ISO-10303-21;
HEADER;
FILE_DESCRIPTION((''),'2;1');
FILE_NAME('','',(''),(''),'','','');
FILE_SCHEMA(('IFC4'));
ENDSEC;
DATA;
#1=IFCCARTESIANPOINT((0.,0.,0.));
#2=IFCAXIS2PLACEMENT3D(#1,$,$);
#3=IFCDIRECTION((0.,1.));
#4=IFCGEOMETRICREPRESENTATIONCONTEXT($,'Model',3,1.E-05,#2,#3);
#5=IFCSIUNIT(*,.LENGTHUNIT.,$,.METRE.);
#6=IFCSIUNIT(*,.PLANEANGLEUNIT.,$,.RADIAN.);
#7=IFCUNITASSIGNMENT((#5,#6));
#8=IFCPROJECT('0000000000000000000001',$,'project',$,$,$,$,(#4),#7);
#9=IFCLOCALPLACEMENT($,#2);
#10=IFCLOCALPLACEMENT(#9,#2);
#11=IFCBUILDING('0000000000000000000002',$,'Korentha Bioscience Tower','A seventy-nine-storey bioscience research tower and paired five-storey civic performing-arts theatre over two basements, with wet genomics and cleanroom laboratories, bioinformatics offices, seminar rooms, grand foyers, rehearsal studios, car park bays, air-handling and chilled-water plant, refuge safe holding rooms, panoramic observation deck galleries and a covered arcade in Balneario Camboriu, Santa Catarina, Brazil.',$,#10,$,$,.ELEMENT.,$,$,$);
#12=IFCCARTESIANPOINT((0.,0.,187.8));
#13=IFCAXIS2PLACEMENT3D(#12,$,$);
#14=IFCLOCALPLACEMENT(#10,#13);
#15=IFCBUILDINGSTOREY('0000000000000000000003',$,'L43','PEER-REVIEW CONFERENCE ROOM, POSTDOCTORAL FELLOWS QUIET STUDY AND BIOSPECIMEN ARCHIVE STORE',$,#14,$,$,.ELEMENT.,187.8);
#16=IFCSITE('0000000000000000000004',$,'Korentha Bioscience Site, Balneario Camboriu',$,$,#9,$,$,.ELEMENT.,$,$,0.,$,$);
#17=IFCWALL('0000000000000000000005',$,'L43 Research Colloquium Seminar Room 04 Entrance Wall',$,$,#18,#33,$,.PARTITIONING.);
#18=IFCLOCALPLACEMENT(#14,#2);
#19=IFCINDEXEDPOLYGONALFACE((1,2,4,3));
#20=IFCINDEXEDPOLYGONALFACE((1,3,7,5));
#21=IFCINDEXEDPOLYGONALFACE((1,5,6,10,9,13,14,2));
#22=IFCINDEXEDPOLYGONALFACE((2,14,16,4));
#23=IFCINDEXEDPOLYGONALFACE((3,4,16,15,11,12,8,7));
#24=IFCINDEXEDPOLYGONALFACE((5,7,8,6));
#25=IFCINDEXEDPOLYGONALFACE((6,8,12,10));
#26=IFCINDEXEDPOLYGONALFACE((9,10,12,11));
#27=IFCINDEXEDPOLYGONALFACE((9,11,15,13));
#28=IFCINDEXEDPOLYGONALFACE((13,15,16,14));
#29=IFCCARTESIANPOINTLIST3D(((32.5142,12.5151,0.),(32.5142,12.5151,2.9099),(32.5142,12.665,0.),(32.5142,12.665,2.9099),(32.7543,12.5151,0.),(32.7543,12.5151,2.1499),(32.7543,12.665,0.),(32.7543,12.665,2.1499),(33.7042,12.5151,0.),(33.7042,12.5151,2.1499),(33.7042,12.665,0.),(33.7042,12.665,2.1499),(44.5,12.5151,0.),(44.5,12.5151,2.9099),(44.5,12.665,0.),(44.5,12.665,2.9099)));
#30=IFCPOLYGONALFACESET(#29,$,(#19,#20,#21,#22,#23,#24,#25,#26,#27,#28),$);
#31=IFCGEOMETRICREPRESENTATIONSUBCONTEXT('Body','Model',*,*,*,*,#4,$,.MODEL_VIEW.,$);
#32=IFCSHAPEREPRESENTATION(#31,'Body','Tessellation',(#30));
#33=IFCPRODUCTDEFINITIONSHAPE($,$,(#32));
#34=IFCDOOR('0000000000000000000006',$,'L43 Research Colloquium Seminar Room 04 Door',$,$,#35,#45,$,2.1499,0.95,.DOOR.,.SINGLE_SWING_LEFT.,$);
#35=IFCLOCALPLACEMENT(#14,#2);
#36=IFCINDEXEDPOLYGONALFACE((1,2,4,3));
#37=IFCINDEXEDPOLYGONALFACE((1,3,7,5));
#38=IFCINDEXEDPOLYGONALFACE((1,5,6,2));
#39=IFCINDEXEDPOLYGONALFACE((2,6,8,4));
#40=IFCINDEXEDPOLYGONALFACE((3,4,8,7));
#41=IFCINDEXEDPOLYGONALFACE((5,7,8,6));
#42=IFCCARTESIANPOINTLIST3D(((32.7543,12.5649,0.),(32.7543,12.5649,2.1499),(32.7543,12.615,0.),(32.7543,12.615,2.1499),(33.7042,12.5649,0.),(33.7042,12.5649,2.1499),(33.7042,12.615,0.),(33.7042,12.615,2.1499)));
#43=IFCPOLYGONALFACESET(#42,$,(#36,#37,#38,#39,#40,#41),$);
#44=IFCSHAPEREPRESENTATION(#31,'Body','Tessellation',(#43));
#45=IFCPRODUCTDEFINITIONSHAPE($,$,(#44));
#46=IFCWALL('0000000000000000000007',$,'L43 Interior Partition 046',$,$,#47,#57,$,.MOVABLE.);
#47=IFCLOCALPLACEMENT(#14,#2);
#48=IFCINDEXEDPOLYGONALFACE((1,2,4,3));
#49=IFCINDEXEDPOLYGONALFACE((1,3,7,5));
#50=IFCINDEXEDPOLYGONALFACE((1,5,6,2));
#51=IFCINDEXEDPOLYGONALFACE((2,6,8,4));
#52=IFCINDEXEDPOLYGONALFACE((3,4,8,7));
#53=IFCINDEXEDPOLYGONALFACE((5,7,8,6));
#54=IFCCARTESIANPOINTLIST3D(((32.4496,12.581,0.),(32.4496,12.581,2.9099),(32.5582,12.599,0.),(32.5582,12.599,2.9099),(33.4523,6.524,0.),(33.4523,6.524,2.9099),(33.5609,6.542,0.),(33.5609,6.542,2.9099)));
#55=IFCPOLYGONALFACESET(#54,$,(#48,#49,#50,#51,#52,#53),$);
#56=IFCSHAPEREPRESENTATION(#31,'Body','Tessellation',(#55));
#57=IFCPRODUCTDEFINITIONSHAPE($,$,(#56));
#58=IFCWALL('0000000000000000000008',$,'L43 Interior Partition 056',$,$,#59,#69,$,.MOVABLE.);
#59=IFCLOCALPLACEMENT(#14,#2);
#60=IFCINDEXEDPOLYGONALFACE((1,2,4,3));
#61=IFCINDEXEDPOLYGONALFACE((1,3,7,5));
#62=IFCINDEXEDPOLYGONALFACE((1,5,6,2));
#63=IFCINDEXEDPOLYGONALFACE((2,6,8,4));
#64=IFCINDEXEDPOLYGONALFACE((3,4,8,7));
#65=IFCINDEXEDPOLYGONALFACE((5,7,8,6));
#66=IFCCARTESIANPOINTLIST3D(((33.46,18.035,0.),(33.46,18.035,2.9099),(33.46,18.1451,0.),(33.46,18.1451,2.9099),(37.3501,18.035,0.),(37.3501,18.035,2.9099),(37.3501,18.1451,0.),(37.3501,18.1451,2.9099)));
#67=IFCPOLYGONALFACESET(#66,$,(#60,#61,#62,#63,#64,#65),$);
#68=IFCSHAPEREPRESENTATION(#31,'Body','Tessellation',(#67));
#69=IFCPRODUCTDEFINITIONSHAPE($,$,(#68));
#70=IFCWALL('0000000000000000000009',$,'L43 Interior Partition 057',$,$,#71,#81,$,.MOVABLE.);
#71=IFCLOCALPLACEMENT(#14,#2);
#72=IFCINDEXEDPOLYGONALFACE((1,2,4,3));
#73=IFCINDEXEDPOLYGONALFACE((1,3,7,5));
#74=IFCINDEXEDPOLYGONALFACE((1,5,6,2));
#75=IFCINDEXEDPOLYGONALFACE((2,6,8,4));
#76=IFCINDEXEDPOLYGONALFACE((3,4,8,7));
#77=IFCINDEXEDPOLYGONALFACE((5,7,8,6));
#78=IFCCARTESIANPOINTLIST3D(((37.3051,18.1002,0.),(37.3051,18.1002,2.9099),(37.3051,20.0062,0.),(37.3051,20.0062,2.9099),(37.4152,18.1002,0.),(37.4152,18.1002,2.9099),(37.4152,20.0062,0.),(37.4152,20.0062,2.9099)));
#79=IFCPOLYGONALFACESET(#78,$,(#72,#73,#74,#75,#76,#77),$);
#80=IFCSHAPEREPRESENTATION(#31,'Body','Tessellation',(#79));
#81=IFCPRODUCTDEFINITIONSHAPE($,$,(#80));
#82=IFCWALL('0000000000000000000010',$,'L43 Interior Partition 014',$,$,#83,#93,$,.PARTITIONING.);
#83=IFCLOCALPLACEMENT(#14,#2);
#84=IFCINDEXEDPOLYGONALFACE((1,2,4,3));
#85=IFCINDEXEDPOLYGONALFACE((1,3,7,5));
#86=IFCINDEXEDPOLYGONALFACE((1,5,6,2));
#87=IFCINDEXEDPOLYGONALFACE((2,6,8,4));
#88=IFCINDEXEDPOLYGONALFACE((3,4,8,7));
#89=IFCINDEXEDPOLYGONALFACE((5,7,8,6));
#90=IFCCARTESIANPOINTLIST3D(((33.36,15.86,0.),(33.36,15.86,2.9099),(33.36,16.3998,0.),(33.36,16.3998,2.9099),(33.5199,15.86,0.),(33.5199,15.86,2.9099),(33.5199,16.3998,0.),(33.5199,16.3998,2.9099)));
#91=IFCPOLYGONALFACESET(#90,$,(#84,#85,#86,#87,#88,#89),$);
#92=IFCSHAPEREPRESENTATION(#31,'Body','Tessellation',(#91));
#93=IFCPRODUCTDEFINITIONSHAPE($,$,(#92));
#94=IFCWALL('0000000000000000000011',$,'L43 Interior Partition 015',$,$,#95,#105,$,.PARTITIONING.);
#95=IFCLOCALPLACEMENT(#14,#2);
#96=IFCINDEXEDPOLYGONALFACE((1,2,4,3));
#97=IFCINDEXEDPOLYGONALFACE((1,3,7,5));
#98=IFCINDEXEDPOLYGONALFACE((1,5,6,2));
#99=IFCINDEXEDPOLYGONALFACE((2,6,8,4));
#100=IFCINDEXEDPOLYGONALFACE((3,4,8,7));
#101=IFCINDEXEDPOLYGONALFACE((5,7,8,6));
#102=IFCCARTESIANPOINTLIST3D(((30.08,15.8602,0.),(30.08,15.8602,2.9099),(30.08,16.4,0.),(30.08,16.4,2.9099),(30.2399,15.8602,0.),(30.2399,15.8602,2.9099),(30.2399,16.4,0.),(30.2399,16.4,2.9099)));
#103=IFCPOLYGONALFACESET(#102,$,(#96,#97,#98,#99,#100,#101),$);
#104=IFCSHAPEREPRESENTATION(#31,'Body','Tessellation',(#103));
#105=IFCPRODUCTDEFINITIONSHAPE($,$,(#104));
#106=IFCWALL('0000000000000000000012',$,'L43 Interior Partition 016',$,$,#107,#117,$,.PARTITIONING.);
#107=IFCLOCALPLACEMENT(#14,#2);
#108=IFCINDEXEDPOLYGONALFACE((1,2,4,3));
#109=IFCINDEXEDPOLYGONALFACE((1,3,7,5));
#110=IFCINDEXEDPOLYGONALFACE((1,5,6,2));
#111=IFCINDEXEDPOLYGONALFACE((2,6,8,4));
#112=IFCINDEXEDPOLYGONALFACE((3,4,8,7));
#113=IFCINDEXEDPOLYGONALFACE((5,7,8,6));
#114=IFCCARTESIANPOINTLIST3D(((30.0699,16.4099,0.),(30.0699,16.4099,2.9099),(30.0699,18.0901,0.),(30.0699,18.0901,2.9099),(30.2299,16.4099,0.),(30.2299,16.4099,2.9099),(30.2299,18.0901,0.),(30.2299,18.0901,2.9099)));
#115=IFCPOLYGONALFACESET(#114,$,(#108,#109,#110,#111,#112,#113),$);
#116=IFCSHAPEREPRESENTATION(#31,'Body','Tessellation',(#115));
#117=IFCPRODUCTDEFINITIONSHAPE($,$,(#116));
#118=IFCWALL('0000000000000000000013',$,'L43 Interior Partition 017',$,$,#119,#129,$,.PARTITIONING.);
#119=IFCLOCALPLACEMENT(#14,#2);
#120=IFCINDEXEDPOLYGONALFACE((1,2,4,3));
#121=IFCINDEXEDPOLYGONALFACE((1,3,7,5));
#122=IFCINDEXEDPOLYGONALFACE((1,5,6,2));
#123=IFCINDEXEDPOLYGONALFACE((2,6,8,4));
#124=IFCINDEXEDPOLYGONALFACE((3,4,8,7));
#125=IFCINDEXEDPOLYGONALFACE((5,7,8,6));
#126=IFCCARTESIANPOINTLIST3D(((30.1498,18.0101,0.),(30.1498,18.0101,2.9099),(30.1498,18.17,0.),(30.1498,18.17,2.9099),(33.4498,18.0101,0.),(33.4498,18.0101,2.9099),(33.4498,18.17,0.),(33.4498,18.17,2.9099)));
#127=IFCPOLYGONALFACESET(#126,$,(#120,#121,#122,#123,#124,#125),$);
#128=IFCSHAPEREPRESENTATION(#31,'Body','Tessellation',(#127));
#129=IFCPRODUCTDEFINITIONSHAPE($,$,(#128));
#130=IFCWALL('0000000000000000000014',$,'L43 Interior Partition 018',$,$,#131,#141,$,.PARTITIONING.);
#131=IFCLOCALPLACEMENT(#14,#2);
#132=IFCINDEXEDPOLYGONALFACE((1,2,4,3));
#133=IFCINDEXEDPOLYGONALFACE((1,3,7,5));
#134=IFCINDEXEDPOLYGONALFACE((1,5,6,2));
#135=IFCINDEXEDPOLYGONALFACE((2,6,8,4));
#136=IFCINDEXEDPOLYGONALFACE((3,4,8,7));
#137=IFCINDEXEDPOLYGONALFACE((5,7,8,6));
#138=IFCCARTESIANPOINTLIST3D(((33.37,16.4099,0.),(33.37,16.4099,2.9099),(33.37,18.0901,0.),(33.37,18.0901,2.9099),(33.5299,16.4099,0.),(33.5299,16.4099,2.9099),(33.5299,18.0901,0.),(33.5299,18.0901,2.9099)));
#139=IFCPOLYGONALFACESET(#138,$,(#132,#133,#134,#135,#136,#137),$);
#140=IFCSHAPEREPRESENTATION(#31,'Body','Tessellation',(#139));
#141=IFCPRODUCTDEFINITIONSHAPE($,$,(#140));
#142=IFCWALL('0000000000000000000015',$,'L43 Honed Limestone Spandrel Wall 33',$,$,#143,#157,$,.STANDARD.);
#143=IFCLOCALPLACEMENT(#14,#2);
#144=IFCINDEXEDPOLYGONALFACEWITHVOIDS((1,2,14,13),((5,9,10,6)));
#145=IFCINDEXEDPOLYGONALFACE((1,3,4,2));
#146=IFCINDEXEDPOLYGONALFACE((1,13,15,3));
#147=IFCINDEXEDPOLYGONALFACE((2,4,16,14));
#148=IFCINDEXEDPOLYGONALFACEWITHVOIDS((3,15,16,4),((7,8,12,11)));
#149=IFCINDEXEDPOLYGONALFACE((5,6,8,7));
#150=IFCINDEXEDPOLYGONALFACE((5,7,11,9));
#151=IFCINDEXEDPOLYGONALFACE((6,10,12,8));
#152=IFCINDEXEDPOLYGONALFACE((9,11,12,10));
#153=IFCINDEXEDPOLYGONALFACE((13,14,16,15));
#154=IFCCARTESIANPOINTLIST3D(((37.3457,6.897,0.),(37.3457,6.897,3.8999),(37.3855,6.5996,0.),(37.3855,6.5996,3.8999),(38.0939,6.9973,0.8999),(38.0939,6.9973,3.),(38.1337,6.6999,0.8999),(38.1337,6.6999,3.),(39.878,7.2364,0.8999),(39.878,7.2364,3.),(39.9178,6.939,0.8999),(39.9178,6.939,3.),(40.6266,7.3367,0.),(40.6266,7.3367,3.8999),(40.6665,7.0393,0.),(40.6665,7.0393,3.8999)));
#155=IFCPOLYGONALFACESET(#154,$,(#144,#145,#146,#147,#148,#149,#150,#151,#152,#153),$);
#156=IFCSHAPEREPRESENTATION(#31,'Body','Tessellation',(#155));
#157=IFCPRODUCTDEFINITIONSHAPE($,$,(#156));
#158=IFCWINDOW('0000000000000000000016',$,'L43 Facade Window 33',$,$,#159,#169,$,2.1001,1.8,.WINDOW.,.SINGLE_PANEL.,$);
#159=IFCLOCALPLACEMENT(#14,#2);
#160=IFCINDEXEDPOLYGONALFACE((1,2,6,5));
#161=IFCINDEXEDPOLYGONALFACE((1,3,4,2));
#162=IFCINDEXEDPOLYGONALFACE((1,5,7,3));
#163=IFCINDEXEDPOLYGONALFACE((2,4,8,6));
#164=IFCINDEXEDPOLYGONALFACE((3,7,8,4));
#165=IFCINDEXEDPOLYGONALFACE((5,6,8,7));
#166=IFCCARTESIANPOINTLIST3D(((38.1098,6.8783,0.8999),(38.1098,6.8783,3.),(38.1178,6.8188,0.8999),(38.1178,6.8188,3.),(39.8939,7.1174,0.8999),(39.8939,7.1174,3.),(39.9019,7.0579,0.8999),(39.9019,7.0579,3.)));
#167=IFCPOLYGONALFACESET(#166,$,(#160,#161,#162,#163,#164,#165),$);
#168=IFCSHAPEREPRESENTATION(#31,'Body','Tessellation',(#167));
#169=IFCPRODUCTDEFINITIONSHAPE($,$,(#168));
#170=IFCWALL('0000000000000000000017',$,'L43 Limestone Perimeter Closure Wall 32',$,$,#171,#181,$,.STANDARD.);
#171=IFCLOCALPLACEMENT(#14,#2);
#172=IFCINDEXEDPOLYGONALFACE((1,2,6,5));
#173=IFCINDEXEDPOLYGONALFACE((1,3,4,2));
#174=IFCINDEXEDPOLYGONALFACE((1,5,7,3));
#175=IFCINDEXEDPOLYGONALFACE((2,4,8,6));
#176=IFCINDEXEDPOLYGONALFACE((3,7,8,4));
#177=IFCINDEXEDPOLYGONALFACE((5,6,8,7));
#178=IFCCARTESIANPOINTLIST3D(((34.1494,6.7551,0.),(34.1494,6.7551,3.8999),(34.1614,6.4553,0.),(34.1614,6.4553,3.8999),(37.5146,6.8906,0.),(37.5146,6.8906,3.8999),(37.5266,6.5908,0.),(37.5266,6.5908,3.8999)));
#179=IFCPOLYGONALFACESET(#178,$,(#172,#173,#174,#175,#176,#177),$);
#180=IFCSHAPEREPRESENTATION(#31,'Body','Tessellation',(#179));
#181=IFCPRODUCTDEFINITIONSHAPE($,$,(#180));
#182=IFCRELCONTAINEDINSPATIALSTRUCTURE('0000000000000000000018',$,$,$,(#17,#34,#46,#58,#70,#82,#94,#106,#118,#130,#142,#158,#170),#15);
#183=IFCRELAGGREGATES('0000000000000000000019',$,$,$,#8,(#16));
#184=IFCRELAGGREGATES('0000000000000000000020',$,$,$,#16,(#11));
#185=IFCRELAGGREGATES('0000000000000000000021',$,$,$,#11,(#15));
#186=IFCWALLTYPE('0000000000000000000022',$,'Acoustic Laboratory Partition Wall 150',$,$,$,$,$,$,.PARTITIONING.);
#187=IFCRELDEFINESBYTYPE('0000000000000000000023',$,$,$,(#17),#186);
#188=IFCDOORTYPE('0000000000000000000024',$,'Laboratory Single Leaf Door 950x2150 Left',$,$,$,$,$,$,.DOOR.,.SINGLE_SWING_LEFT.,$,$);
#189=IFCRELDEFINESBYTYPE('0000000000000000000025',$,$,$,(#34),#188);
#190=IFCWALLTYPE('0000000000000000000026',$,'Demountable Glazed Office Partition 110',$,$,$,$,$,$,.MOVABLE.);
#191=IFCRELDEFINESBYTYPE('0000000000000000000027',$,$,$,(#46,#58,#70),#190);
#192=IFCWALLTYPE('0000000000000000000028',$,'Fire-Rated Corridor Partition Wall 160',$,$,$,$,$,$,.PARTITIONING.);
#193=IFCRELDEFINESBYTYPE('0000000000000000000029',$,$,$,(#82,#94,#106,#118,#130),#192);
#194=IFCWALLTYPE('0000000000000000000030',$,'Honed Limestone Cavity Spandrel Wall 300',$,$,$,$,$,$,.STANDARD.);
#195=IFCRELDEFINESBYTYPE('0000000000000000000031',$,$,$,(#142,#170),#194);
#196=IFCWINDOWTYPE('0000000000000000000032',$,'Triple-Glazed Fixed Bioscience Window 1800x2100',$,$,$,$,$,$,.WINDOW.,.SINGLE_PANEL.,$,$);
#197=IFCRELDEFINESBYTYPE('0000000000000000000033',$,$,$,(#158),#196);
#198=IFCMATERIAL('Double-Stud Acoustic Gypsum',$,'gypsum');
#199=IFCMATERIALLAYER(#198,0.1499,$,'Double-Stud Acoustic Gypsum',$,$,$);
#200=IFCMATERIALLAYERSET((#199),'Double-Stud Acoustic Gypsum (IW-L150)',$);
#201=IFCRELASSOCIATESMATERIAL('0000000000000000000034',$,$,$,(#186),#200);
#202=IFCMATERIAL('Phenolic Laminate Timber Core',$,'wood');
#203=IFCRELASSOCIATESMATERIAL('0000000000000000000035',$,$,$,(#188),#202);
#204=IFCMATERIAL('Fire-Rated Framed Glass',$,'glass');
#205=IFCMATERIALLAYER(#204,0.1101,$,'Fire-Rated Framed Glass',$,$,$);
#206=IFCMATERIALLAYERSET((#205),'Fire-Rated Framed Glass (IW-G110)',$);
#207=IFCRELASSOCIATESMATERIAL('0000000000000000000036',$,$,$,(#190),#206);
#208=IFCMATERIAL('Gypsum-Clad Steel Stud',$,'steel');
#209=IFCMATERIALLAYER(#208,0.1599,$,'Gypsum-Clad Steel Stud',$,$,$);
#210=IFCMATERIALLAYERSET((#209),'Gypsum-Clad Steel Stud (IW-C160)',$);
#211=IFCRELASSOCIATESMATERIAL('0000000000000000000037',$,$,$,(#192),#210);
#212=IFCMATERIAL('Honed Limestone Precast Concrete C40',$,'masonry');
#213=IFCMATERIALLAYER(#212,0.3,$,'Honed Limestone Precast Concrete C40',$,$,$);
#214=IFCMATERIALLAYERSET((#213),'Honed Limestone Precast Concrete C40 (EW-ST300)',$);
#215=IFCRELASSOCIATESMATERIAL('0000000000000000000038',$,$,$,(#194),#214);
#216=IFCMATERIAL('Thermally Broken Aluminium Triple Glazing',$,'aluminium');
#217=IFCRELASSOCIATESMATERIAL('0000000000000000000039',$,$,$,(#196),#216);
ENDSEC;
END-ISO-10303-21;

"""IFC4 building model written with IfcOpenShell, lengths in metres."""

from ifc_helpers import new_model, si_unit, direction, frame, frame_2d, origin, place, context, subcontext, project, spatial, rectangle, extrude, material, layer, layer_set, type_object, element, fill, save


model = new_model("IFC4")

# Units and contexts
model_context = context("Model", 3, precision=1e-05, world=origin(), true_north=direction((0.0, 1.0)))
body_context = subcontext(model_context, "Body", "Model", "MODEL_VIEW")
ifc_project = project(units=[si_unit("LENGTHUNIT", "METRE"), si_unit("PLANEANGLEUNIT", "RADIAN")], contexts=[model_context])

# Site, building, storey
site_placement = place(None, origin())
site = spatial("IfcSite", under=ifc_project, at=site_placement, Name="Korentha Bioscience Site, Balneario Camboriu", CompositionType="ELEMENT", RefElevation=0.0)
building_placement = place(site_placement, origin())
building = spatial("IfcBuilding", under=site, at=building_placement, Name="Korentha Bioscience Tower", Description="A seventy-nine-storey bioscience research tower and paired five-storey civic performing-arts theatre over two basements, with wet genomics and cleanroom laboratories, bioinformatics offices, seminar rooms, grand foyers, rehearsal studios, car park bays, air-handling and chilled-water plant, refuge safe holding rooms, panoramic observation deck galleries and a covered arcade in Balneario Camboriu, Santa Catarina, Brazil.", CompositionType="ELEMENT")
storey_placement = place(building_placement, frame((0.0, 0.0, 187.8)))
storey = spatial("IfcBuildingStorey", under=building, at=storey_placement, Name="L43", Description="PEER-REVIEW CONFERENCE ROOM, POSTDOCTORAL FELLOWS QUIET STUDY AND BIOSPECIMEN ARCHIVE STORE", CompositionType="ELEMENT", Elevation=187.8)

# Wall, opening, door
ifc_material_1 = material(Name="Double-Stud Acoustic Gypsum", Category="gypsum")
ifc_layer_1 = layer(ifc_material_1, 0.1499, Name="Double-Stud Acoustic Gypsum")
ifc_layer_set_1 = layer_set([ifc_layer_1], Name="Double-Stud Acoustic Gypsum (IW-L150)")
wall_type_1 = type_object("IfcWallType", Name="Acoustic Laboratory Partition Wall 150", PredefinedType="PARTITIONING", material=ifc_layer_set_1)
wall_1_placement = place(storey_placement, frame((32.5142, 12.5901, 0.0), z_axis=(0.0, 0.0, 1.0), x_axis=(1.0, 0.0, 0.0)))
wall_1 = element("IfcWall", 1, at=wall_1_placement, inside=storey, type_object=wall_type_1, Name="L43 Research Colloquium Seminar Room 04 Entrance Wall", PredefinedType="PARTITIONING", context=body_context, shape_type="SweptSolid", body=[
    extrude(rectangle(XDim=11.9858, YDim=0.1499, at=frame_2d((5.9929, 0.0))), origin(), (0.0, 0.0, 1.0), 2.9099),
])
opening_1_placement = place(wall_1_placement, frame((0.24, 0.0, 0.0)))
opening_1 = element("IfcOpeningElement", 2, at=opening_1_placement, cuts=wall_1, PredefinedType="OPENING", context=body_context, shape_type="SweptSolid", body=[
    extrude(rectangle(XDim=0.95, YDim=2.1499, at=frame_2d((0.4751, 1.075))), frame((0.0, 0.0898, 0.0), z_axis=(0.0, -1.0, 0.0), x_axis=(1.0, 0.0, 0.0)), (0.0, 0.0, 1.0), 0.1797),
])
ifc_material_2 = material(Name="Phenolic Laminate Timber Core", Category="wood")
door_type_1 = type_object("IfcDoorType", Name="Laboratory Single Leaf Door 950x2150 Left", OperationType="SINGLE_SWING_LEFT", PredefinedType="DOOR", material=ifc_material_2)
door_1_placement = place(opening_1_placement, origin())
door_1 = element("IfcDoor", 3, at=door_1_placement, inside=storey, type_object=door_type_1, Name="L43 Research Colloquium Seminar Room 04 Door", OperationType="SINGLE_SWING_LEFT", OverallHeight=2.1499, OverallWidth=0.95, PredefinedType="DOOR", context=body_context, shape_type="SweptSolid", body=[
    extrude(rectangle(XDim=0.95, YDim=2.1499, at=frame_2d((0.4751, 1.075))), frame((0.0, 0.0249, 0.0), z_axis=(0.0, -1.0, 0.0), x_axis=(1.0, 0.0, 0.0)), (0.0, 0.0, 1.0), 0.05),
])
fill(opening_1, door_1)

# Walls
ifc_material_3 = material(Name="Fire-Rated Framed Glass", Category="glass")
ifc_layer_2 = layer(ifc_material_3, 0.1101, Name="Fire-Rated Framed Glass")
ifc_layer_set_2 = layer_set([ifc_layer_2], Name="Fire-Rated Framed Glass (IW-G110)")
wall_type_2 = type_object("IfcWallType", Name="Demountable Glazed Office Partition 110", PredefinedType="MOVABLE", material=ifc_layer_set_2)
wall_2_placement = place(storey_placement, frame((32.5039, 12.5901, 0.0), z_axis=(0.0, 0.0, 1.0), x_axis=(0.163322, -0.986573, 0.0)))
element("IfcWall", 4, at=wall_2_placement, inside=storey, type_object=wall_type_2, Name="L43 Interior Partition 046", PredefinedType="MOVABLE", context=body_context, shape_type="SweptSolid", body=[
    extrude(rectangle(XDim=6.1394, YDim=0.1101, at=frame_2d((3.0698, 0.0))), origin(), (0.0, 0.0, 1.0), 2.9099),
])
wall_3_placement = place(storey_placement, frame((33.46, 18.0901, 0.0), z_axis=(0.0, 0.0, 1.0), x_axis=(1.0, 0.0, 0.0)))
element("IfcWall", 5, at=wall_3_placement, inside=storey, type_object=wall_type_2, Name="L43 Interior Partition 056", PredefinedType="MOVABLE", context=body_context, shape_type="SweptSolid", body=[
    extrude(rectangle(XDim=3.8901, YDim=0.1101, at=frame_2d((1.9451, 0.0))), origin(), (0.0, 0.0, 1.0), 2.9099),
])
wall_4_placement = place(storey_placement, frame((37.3601, 18.1001, 0.0), z_axis=(0.0, 0.0, 1.0), x_axis=(0.0, 1.0, 0.0)))
element("IfcWall", 6, at=wall_4_placement, inside=storey, type_object=wall_type_2, Name="L43 Interior Partition 057", PredefinedType="MOVABLE", context=body_context, shape_type="SweptSolid", body=[
    extrude(rectangle(XDim=1.906, YDim=0.1101, at=frame_2d((0.9531, 0.0))), origin(), (0.0, 0.0, 1.0), 2.9099),
])

# Shared definitions
ifc_material_4 = material(Name="Gypsum-Clad Steel Stud", Category="steel")
ifc_layer_3 = layer(ifc_material_4, 0.1599, Name="Gypsum-Clad Steel Stud")
ifc_layer_set_3 = layer_set([ifc_layer_3], Name="Gypsum-Clad Steel Stud (IW-C160)")
wall_type_3 = type_object("IfcWallType", Name="Fire-Rated Corridor Partition Wall 160", PredefinedType="PARTITIONING", material=ifc_layer_set_3)

# Walls
for number, where, z_axis, x_axis, name in (
    (7, (33.4399, 16.3999, 0.0), (0.0, 0.0, 1.0), (0.0, -1.0, 0.0), "L43 Interior Partition 014"),
    (8, (30.1599, 15.8601, 0.0), (0.0, 0.0, 1.0), (0.0, 1.0, 0.0), "L43 Interior Partition 015"),
):
    element("IfcWall", number, at=place(storey_placement, frame(where, z_axis=z_axis, x_axis=x_axis)), inside=storey, type_object=wall_type_3, Name=name, PredefinedType="PARTITIONING", context=body_context, shape_type="SweptSolid", body=[
        extrude(rectangle(XDim=0.5398, YDim=0.1599, at=frame_2d((0.27, 0.0))), origin(), (0.0, 0.0, 1.0), 2.9099),
    ])
wall_5_placement = place(storey_placement, frame((30.1499, 16.4099, 0.0), z_axis=(0.0, 0.0, 1.0), x_axis=(0.0, 1.0, 0.0)))
element("IfcWall", 9, at=wall_5_placement, inside=storey, type_object=wall_type_3, Name="L43 Interior Partition 016", PredefinedType="PARTITIONING", context=body_context, shape_type="SweptSolid", body=[
    extrude(rectangle(XDim=1.6802, YDim=0.1599, at=frame_2d((0.8401, 0.0))), origin(), (0.0, 0.0, 1.0), 2.9099),
])
wall_6_placement = place(storey_placement, frame((30.1499, 18.0901, 0.0), z_axis=(0.0, 0.0, 1.0), x_axis=(1.0, 0.0, 0.0)))
element("IfcWall", 10, at=wall_6_placement, inside=storey, type_object=wall_type_3, Name="L43 Interior Partition 017", PredefinedType="PARTITIONING", context=body_context, shape_type="SweptSolid", body=[
    extrude(rectangle(XDim=3.3, YDim=0.1599, at=frame_2d((1.6499, 0.0))), origin(), (0.0, 0.0, 1.0), 2.9099),
])
wall_7_placement = place(storey_placement, frame((33.45, 18.0901, 0.0), z_axis=(0.0, 0.0, 1.0), x_axis=(0.0, -1.0, 0.0)))
element("IfcWall", 11, at=wall_7_placement, inside=storey, type_object=wall_type_3, Name="L43 Interior Partition 018", PredefinedType="PARTITIONING", context=body_context, shape_type="SweptSolid", body=[
    extrude(rectangle(XDim=1.6802, YDim=0.1599, at=frame_2d((0.8401, 0.0))), origin(), (0.0, 0.0, 1.0), 2.9099),
])

# Wall, opening, window
ifc_material_5 = material(Name="Honed Limestone Precast Concrete C40", Category="masonry")
ifc_layer_4 = layer(ifc_material_5, 0.3, Name="Honed Limestone Precast Concrete C40")
ifc_layer_set_4 = layer_set([ifc_layer_4], Name="Honed Limestone Precast Concrete C40 (EW-ST300)")
wall_type_4 = type_object("IfcWallType", Name="Honed Limestone Cavity Spandrel Wall 300", PredefinedType="STANDARD", material=ifc_layer_set_4)
wall_8_placement = place(storey_placement, frame((37.3655, 6.7483, 0.0), z_axis=(0.0, 0.0, 1.0), x_axis=(0.991139, 0.132826, 0.0)))
wall_8 = element("IfcWall", 12, at=wall_8_placement, inside=storey, type_object=wall_type_4, Name="L43 Honed Limestone Spandrel Wall 33", PredefinedType="STANDARD", context=body_context, shape_type="SweptSolid", body=[
    extrude(rectangle(XDim=3.3103, YDim=0.3, at=frame_2d((1.6553, 0.0))), origin(), (0.0, 0.0, 1.0), 3.8999),
])
opening_2_placement = place(wall_8_placement, frame((0.7551, 0.0, 0.8999)))
opening_2 = element("IfcOpeningElement", 13, at=opening_2_placement, cuts=wall_8, PredefinedType="OPENING", context=body_context, shape_type="SweptSolid", body=[
    extrude(rectangle(XDim=1.8, YDim=2.1001, at=frame_2d((0.8999, 1.05))), frame((0.0, 0.165, 0.0), z_axis=(0.0, -1.0, 0.0), x_axis=(1.0, 0.0, 0.0)), (0.0, 0.0, 1.0), 0.3298),
])
ifc_material_6 = material(Name="Thermally Broken Aluminium Triple Glazing", Category="aluminium")
window_type = type_object("IfcWindowType", Name="Triple-Glazed Fixed Bioscience Window 1800x2100", PartitioningType="SINGLE_PANEL", PredefinedType="WINDOW", material=ifc_material_6)
window_placement = place(opening_2_placement, origin())
window = element("IfcWindow", 14, at=window_placement, inside=storey, type_object=window_type, Name="L43 Facade Window 33", OverallHeight=2.1001, OverallWidth=1.8, PartitioningType="SINGLE_PANEL", PredefinedType="WINDOW", context=body_context, shape_type="SweptSolid", body=[
    extrude(rectangle(XDim=1.8, YDim=2.1001, at=frame_2d((0.8999, 1.05))), frame((0.0, 0.03, 0.0), z_axis=(0.0, -1.0, 0.0), x_axis=(1.0, 0.0, 0.0)), (0.0, 0.0, 1.0), 0.0601),
])
fill(opening_2, window)

# Wall
wall_9_placement = place(storey_placement, frame((34.1553, 6.6052, 0.0), z_axis=(0.0, 0.0, 1.0), x_axis=(0.99919, 0.040231, 0.0)))
element("IfcWall", 15, at=wall_9_placement, inside=storey, type_object=wall_type_4, Name="L43 Limestone Perimeter Closure Wall 32", PredefinedType="STANDARD", context=body_context, shape_type="SweptSolid", body=[
    extrude(rectangle(XDim=3.3679, YDim=0.3, at=frame_2d((1.6841, 0.0))), origin(), (0.0, 0.0, 1.0), 3.8999),
])

save(model, "model.ifc")
